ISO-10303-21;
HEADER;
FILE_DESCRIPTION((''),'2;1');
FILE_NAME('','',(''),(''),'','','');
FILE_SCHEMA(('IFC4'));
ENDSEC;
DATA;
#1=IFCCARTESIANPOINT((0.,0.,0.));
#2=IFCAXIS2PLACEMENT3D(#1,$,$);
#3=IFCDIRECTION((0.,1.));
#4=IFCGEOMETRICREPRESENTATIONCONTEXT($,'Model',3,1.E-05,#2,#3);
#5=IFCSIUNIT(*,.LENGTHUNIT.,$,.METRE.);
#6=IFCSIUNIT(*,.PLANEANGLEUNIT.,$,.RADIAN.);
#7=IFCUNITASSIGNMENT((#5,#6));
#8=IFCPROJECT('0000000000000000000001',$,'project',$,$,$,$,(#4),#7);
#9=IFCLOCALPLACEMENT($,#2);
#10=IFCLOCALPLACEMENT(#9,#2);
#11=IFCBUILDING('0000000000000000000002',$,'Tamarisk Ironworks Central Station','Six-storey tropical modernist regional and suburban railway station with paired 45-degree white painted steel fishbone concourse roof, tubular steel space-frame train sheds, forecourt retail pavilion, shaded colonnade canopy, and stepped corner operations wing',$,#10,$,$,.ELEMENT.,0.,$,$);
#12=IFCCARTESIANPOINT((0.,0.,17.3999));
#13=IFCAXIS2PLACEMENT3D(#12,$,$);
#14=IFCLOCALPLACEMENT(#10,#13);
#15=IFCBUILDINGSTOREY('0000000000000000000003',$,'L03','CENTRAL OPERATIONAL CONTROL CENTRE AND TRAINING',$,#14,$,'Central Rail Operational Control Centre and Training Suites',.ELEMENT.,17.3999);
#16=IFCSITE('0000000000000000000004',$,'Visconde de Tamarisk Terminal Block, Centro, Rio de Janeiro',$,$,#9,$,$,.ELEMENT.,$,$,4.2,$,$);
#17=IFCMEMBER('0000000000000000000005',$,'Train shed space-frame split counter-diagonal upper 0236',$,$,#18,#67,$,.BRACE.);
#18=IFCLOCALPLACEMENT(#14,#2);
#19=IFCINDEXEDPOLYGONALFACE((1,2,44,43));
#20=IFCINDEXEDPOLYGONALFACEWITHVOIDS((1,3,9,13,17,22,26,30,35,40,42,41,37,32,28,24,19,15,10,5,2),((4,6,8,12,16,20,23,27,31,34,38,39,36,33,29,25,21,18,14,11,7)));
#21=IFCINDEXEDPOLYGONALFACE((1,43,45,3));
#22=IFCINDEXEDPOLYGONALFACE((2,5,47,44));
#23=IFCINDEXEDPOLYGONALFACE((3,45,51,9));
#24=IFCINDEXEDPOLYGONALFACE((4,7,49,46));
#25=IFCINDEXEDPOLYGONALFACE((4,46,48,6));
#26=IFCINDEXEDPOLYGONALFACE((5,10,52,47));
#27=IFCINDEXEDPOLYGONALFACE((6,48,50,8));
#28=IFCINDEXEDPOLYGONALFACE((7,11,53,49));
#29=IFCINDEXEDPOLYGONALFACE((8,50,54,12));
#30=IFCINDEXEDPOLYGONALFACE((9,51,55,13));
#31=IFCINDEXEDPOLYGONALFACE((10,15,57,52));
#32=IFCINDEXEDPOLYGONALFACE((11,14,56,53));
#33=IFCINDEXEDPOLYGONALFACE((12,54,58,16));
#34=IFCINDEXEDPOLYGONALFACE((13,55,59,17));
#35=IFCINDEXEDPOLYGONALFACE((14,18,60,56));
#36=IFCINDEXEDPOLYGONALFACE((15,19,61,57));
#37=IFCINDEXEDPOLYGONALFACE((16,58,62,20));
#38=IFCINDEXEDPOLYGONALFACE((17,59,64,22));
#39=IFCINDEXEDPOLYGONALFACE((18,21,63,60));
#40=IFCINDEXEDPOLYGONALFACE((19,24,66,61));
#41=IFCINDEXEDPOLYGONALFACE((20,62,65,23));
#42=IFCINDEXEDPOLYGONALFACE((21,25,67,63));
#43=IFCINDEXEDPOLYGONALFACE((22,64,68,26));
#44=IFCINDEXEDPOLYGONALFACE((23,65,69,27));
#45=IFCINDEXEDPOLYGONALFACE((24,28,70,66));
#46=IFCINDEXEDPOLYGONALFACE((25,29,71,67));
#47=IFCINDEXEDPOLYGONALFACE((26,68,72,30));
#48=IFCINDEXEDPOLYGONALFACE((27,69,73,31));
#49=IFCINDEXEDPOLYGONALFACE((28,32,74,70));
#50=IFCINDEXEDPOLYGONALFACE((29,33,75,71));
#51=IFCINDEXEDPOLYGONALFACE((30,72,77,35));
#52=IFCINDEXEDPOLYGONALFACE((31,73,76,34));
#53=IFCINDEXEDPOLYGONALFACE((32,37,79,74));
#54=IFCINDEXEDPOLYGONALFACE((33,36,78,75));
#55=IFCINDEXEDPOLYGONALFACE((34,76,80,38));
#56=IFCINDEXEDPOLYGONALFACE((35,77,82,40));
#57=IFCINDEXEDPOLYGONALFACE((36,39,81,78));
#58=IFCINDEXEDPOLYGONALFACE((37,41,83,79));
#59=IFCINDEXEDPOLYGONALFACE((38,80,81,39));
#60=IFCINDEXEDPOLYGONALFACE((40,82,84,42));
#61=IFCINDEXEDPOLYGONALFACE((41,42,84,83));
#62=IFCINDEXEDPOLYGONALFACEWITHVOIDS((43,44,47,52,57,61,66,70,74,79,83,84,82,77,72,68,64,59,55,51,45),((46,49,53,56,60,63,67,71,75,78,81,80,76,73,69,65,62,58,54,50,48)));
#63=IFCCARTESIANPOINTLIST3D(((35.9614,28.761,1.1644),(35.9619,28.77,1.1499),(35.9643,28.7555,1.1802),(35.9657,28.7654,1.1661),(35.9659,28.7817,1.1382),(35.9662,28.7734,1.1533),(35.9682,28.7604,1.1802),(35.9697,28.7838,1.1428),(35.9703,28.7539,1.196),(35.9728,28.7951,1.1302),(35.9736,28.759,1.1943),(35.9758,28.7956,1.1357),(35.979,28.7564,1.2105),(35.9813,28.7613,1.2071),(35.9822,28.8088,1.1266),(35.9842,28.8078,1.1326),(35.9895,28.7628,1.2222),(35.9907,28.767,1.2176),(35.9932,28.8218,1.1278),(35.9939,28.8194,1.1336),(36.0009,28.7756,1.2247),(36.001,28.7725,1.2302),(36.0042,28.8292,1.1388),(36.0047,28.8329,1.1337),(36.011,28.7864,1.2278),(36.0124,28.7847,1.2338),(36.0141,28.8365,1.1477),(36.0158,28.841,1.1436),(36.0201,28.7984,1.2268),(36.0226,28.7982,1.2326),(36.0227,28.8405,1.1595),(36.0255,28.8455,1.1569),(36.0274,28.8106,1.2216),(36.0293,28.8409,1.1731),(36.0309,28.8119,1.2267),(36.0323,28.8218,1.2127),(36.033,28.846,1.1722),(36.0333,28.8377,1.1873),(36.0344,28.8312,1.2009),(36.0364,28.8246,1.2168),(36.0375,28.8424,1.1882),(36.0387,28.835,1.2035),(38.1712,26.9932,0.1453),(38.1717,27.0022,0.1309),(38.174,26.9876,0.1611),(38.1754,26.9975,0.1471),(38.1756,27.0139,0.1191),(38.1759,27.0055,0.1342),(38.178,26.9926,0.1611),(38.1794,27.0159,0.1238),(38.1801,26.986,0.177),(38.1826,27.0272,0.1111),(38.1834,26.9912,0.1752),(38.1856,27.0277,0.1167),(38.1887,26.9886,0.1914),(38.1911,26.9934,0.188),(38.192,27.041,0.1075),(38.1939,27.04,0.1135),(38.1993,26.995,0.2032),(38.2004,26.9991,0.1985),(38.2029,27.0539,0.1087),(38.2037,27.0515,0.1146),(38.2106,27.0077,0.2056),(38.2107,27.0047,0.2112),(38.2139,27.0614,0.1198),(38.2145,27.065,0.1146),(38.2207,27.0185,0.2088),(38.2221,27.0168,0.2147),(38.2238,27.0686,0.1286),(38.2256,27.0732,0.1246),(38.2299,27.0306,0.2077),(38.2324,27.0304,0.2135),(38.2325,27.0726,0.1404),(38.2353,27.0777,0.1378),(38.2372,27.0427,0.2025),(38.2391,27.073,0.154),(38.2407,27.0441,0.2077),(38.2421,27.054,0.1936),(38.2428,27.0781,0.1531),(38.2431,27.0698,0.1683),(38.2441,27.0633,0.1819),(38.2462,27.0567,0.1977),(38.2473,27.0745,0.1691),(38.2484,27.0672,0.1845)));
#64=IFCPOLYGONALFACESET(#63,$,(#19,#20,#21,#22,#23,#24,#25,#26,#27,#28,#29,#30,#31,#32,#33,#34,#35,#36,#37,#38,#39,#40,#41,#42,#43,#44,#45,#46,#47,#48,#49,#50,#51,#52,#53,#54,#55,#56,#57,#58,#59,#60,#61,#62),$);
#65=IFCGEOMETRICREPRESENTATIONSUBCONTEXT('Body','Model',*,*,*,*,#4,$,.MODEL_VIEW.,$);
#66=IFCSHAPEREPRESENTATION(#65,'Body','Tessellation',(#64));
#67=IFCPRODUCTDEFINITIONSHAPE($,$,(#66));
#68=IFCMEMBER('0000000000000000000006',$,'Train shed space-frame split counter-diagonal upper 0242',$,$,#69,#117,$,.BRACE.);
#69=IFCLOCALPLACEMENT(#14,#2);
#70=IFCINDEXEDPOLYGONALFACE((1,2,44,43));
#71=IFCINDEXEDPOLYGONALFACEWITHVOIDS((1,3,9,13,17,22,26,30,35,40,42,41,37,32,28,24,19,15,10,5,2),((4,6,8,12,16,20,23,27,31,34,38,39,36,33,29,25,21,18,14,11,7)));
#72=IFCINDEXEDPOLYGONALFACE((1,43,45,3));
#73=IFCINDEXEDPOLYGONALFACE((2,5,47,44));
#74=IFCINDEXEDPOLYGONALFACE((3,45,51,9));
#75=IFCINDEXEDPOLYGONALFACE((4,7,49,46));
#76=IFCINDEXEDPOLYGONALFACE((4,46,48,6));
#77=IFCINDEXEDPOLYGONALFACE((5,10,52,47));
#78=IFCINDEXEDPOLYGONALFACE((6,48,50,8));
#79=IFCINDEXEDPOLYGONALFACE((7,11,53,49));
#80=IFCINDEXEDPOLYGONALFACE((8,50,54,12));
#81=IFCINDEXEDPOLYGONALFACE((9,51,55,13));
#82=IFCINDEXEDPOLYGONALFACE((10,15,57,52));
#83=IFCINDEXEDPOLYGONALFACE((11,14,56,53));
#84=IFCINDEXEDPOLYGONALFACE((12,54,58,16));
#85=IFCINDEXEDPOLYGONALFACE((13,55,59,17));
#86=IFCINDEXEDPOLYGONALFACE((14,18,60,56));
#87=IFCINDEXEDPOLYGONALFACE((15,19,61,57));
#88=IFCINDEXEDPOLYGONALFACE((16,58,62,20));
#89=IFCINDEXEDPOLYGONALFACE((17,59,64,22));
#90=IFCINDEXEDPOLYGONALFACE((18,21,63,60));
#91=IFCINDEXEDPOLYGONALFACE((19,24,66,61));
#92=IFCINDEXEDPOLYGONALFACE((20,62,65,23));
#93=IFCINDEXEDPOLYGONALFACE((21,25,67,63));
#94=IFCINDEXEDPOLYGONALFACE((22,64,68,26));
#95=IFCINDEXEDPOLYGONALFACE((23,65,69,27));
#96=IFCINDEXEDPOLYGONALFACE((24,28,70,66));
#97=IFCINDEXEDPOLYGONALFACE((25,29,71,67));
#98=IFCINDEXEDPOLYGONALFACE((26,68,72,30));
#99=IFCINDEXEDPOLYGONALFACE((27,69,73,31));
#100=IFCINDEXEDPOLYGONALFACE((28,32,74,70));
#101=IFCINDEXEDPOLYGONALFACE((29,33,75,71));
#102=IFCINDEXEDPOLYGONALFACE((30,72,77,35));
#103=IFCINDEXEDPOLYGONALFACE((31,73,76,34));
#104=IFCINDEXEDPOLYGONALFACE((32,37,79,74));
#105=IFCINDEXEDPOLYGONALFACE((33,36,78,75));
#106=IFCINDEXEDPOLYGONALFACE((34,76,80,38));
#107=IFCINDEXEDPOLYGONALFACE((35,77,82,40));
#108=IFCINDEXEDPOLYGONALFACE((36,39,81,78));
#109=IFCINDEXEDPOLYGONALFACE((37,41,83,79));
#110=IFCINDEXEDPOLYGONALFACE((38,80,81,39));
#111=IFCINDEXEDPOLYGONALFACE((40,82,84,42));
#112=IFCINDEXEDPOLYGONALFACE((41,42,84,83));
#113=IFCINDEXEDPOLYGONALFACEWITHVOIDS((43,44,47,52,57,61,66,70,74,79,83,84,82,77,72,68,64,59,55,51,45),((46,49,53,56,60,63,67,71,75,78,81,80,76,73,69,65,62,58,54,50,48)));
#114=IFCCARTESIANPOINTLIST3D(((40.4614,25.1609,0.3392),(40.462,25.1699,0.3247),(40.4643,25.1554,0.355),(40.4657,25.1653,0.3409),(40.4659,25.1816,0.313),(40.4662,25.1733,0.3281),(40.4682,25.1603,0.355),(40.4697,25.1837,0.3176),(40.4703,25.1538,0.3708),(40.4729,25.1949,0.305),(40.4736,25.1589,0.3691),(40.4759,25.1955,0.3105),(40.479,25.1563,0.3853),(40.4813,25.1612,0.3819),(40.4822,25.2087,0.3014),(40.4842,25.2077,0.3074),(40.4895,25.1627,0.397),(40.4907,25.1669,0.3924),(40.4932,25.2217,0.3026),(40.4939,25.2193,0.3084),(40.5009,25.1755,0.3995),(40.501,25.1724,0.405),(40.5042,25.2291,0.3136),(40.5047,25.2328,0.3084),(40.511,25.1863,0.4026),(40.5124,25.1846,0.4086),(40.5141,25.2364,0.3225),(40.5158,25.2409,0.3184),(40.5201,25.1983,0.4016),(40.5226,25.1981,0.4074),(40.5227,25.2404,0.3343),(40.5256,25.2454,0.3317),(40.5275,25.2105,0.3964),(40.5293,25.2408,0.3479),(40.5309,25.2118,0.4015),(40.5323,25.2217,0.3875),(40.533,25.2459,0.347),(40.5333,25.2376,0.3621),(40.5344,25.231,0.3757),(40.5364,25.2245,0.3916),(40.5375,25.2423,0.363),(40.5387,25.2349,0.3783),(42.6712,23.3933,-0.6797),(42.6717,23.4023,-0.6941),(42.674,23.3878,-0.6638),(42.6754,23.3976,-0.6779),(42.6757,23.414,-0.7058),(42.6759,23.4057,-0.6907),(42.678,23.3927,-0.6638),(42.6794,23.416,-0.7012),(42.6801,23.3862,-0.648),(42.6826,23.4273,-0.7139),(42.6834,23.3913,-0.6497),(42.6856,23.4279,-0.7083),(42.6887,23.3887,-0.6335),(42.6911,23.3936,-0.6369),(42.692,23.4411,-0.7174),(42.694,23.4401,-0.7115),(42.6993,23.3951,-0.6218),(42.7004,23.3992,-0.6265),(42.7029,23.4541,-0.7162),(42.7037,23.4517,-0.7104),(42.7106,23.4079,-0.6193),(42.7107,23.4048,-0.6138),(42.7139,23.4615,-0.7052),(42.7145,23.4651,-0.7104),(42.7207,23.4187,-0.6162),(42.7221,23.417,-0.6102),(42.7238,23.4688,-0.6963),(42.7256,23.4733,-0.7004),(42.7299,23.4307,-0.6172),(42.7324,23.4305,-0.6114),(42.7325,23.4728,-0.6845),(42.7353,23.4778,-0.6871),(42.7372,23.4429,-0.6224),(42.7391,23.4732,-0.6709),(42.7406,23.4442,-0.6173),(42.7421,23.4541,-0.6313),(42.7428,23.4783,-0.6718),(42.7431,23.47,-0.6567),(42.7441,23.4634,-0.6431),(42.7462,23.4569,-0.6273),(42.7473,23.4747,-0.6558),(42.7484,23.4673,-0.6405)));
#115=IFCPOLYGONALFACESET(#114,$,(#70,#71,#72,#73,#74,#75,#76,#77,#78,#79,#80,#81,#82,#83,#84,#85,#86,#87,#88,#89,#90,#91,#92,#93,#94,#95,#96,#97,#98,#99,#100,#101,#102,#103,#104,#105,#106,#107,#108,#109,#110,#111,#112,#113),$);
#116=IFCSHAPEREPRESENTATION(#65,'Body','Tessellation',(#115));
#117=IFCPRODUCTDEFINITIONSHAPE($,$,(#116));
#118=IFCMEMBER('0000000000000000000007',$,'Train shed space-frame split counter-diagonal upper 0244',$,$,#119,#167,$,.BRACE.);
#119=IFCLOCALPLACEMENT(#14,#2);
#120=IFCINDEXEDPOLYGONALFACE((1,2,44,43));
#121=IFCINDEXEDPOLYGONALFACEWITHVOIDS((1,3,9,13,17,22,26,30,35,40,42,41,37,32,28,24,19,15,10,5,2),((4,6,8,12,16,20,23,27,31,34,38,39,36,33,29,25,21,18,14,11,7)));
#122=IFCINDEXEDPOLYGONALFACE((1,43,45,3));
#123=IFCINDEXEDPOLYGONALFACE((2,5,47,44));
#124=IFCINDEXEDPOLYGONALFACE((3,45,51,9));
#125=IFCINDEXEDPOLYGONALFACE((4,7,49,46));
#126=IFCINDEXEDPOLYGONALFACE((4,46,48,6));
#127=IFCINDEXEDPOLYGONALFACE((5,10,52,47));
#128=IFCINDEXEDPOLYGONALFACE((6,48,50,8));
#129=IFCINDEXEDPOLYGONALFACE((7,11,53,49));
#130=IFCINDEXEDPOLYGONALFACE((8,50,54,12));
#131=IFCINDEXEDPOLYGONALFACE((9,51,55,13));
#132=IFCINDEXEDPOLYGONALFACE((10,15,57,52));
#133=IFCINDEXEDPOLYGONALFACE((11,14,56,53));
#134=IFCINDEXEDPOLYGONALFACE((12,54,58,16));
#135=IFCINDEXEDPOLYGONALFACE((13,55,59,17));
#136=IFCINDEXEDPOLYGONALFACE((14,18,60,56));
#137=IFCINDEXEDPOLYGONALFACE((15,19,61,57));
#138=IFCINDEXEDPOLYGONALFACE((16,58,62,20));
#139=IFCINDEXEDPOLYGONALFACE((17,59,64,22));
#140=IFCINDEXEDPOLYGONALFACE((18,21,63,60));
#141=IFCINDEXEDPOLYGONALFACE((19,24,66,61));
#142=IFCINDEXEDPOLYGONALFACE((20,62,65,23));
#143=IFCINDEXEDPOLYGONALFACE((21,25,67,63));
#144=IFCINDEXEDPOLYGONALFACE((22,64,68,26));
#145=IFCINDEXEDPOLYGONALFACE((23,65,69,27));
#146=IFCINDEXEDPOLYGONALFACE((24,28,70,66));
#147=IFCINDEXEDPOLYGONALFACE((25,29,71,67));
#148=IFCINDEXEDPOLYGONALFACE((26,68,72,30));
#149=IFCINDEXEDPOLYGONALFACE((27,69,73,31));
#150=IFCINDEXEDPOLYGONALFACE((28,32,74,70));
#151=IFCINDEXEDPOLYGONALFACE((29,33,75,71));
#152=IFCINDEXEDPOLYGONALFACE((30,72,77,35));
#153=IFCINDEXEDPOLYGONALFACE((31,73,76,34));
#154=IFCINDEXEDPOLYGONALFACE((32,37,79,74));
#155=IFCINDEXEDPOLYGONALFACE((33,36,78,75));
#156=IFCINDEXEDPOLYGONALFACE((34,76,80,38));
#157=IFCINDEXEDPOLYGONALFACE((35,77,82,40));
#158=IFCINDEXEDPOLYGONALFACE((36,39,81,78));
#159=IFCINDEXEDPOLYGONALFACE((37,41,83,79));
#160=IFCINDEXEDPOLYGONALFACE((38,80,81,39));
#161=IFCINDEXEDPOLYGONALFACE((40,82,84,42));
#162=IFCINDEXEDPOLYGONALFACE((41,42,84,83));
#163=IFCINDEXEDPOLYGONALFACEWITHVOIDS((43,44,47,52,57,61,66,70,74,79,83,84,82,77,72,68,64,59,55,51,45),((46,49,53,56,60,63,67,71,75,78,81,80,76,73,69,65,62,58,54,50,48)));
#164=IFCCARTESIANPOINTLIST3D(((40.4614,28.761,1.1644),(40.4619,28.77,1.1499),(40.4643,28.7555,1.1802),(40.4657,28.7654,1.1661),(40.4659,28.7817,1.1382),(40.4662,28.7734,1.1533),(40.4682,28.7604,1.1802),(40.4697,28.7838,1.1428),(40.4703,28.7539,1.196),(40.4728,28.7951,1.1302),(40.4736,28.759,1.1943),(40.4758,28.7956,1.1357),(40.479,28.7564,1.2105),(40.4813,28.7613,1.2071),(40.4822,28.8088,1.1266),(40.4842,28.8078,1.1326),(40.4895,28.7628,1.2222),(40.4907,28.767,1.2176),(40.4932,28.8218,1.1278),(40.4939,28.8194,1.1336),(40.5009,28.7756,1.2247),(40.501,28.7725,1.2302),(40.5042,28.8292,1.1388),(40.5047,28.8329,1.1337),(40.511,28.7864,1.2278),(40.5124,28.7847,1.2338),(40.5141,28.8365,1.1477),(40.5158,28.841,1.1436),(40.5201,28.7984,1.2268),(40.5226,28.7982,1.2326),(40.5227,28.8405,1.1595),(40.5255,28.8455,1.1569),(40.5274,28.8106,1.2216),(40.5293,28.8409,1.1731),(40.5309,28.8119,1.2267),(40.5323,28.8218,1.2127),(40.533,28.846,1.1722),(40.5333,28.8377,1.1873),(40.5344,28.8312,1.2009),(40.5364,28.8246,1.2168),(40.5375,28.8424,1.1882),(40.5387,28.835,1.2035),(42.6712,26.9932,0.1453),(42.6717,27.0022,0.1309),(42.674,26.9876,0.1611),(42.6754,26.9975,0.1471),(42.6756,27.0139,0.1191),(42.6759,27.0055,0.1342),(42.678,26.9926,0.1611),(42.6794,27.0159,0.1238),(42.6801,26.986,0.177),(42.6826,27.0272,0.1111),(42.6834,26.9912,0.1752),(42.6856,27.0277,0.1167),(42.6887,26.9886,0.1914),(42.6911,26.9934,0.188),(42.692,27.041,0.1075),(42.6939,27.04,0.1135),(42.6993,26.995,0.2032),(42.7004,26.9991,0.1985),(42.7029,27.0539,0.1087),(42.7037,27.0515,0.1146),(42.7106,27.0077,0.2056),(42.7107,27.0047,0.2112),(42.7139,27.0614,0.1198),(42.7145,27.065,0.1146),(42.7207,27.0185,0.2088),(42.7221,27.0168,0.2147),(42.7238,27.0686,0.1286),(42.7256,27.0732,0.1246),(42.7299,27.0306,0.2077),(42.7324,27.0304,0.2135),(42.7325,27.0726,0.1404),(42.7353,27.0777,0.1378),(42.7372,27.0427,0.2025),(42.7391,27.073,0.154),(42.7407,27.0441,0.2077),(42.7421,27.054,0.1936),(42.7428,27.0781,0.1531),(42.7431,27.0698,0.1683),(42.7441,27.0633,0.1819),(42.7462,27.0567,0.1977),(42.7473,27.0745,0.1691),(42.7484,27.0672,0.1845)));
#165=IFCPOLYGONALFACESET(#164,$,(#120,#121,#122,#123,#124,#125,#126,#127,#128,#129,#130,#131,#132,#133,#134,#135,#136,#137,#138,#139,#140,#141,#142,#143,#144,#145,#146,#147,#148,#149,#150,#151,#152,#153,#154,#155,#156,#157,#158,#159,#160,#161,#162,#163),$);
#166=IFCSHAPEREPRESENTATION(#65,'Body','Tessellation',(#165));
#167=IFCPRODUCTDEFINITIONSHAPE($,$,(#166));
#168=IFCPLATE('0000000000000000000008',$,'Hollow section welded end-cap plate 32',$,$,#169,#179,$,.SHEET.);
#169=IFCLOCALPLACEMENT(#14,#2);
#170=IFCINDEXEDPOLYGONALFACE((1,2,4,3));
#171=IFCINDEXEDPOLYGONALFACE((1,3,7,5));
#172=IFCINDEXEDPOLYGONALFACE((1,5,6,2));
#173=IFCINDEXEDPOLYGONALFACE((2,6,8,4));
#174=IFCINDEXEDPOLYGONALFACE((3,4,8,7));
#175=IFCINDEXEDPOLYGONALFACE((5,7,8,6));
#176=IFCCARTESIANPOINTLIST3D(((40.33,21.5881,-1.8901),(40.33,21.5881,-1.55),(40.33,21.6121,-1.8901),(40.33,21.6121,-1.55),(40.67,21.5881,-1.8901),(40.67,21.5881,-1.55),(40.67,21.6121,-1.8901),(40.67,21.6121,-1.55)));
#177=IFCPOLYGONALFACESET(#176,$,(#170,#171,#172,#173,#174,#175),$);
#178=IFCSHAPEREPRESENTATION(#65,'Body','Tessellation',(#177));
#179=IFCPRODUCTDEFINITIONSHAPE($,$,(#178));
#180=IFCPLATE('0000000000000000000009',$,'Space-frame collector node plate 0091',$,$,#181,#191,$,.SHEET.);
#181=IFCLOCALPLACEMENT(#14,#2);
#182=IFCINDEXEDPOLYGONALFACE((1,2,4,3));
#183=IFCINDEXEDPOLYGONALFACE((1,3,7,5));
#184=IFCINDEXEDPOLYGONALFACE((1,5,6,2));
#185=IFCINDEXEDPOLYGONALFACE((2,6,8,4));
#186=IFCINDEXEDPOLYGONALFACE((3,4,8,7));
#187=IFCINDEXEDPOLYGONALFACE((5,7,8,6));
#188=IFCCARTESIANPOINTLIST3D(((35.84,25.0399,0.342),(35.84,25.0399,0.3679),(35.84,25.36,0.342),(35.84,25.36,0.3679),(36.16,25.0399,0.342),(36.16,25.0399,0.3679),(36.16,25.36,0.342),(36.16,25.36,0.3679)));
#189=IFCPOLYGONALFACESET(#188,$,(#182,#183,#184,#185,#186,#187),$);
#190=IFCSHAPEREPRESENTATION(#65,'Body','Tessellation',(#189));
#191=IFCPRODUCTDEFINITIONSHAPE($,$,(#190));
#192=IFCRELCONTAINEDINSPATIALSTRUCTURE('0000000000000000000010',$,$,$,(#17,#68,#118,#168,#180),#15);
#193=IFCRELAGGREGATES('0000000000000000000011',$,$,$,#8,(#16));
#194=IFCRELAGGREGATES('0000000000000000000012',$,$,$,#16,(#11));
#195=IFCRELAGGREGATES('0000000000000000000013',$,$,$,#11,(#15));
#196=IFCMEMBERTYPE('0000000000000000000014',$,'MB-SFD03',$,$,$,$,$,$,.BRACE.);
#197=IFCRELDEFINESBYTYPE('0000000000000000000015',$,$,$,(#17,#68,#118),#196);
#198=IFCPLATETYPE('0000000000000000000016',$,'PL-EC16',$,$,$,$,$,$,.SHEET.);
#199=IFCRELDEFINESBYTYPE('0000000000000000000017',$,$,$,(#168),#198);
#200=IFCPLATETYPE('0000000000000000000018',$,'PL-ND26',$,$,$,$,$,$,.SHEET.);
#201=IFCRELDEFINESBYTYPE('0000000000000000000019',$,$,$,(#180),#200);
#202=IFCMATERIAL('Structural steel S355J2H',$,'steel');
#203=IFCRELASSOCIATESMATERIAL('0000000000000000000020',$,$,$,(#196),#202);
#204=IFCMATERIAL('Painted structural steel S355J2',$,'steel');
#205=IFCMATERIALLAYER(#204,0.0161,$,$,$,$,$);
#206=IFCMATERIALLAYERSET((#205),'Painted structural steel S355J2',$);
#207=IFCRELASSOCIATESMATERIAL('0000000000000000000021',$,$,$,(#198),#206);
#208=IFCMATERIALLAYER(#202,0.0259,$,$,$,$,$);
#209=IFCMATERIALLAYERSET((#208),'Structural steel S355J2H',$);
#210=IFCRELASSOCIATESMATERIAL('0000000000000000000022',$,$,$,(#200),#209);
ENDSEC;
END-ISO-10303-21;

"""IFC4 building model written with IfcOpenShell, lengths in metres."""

from ifc_helpers import new_model, si_unit, direction, frame, origin, origin_2d, place, context, subcontext, project, spatial, rectangle, hollow_circle, extrude, material, layer, layer_set, material_profile, profile_set, type_object, element, save


model = new_model("IFC4")

# Units and contexts
model_context = context("Model", 3, precision=1e-05, world=origin(), true_north=direction((0.0, 1.0)))
body_context = subcontext(model_context, "Body", "Model", "MODEL_VIEW")
ifc_project = project(units=[si_unit("LENGTHUNIT", "METRE"), si_unit("PLANEANGLEUNIT", "RADIAN")], contexts=[model_context])

# Site, building, storey
site_placement = place(None, origin())
site = spatial("IfcSite", under=ifc_project, at=site_placement, Name="Visconde de Tamarisk Terminal Block, Centro, Rio de Janeiro", CompositionType="ELEMENT", RefElevation=4.2)
building_placement = place(site_placement, origin())
building = spatial("IfcBuilding", under=site, at=building_placement, Name="Tamarisk Ironworks Central Station", Description="Six-storey tropical modernist regional and suburban railway station with paired 45-degree white painted steel fishbone concourse roof, tubular steel space-frame train sheds, forecourt retail pavilion, shaded colonnade canopy, and stepped corner operations wing", CompositionType="ELEMENT", ElevationOfRefHeight=0.0)
storey_placement = place(building_placement, frame((0.0, 0.0, 17.3999)))
storey = spatial("IfcBuildingStorey", under=building, at=storey_placement, Name="L03", Description="CENTRAL OPERATIONAL CONTROL CENTRE AND TRAINING", LongName="Central Rail Operational Control Centre and Training Suites", CompositionType="ELEMENT", Elevation=17.3999)

# Members
ifc_material_1 = material(Name="Structural steel S355J2H", Category="steel")
ifc_material_profile_1 = material_profile(ifc_material_1, hollow_circle(Radius=0.0571, WallThickness=0.0063, at=origin_2d()), Name="CHS 114.3x6.3")
ifc_profile_set_1 = profile_set([ifc_material_profile_1], Name="Structural steel S355J2H")
member_type_1 = type_object("IfcMemberType", Name="MB-SFD03", PredefinedType="BRACE", material=ifc_profile_set_1)
for number, where, z_axis, x_axis, name in (
    (1, (38.2097, 27.0322, 0.1611), (-0.734677, 0.587758, 0.338807), (-0.624706, -0.78086, 0.0), "Train shed space-frame split counter-diagonal upper 0236"),
):
    element("IfcMember", number, at=place(storey_placement, frame(where, z_axis=z_axis, x_axis=x_axis)), inside=storey, type_object=member_type_1, Name=name, PredefinedType="BRACE", context=body_context, shape_type="SweptSolid", body=[
        extrude(hollow_circle(Radius=0.0571, WallThickness=0.0063, at=origin_2d()), origin(), (0.0, 0.0, 1.0), 3.0078),
    ])
member_1_placement = place(storey_placement, frame((42.7097, 23.4324, -0.6638), z_axis=(-0.734732, 0.587721, 0.338751), x_axis=(-0.624653, -0.780902, 0.0)))
element("IfcMember", 2, at=member_1_placement, inside=storey, type_object=member_type_1, Name="Train shed space-frame split counter-diagonal upper 0242", PredefinedType="BRACE", context=body_context, shape_type="SweptSolid", body=[
    extrude(hollow_circle(Radius=0.0571, WallThickness=0.0063, at=origin_2d()), origin(), (0.0, 0.0, 1.0), 3.0076),
])
member_2_placement = place(storey_placement, frame((42.7097, 27.0322, 0.1611), z_axis=(-0.734677, 0.587758, 0.338807), x_axis=(-0.624706, -0.78086, 0.0)))
element("IfcMember", 3, at=member_2_placement, inside=storey, type_object=member_type_1, Name="Train shed space-frame split counter-diagonal upper 0244", PredefinedType="BRACE", context=body_context, shape_type="SweptSolid", body=[
    extrude(hollow_circle(Radius=0.0571, WallThickness=0.0063, at=origin_2d()), origin(), (0.0, 0.0, 1.0), 3.0078),
])

# Plates
ifc_material_2 = material(Name="Painted structural steel S355J2", Category="steel")
ifc_layer_1 = layer(ifc_material_2, 0.0161)
ifc_layer_set_1 = layer_set([ifc_layer_1], Name="Painted structural steel S355J2")
plate_type_1 = type_object("IfcPlateType", Name="PL-EC16", PredefinedType="SHEET", material=ifc_layer_set_1)
plate_1_placement = place(storey_placement, frame((40.5, 21.6001, -1.8901), z_axis=(0.0, 0.0, 1.0), x_axis=(1.0, 0.0, 0.0)))
element("IfcPlate", 4, at=plate_1_placement, inside=storey, type_object=plate_type_1, Name="Hollow section welded end-cap plate 32", PredefinedType="SHEET", context=body_context, shape_type="SweptSolid", body=[
    extrude(rectangle(XDim=0.3401, YDim=0.0239, at=origin_2d()), origin(), (0.0, 0.0, 1.0), 0.3401),
])
ifc_layer_2 = layer(ifc_material_1, 0.0259)
ifc_layer_set_2 = layer_set([ifc_layer_2], Name="Structural steel S355J2H")
plate_type_2 = type_object("IfcPlateType", Name="PL-ND26", PredefinedType="SHEET", material=ifc_layer_set_2)
for number, where, z_axis, x_axis, name in (
    (5, (36.0, 25.2, 0.342), (0.0, 0.0, 1.0), (1.0, 0.0, 0.0), "Space-frame collector node plate 0091"),
):
    element("IfcPlate", number, at=place(storey_placement, frame(where, z_axis=z_axis, x_axis=x_axis)), inside=storey, type_object=plate_type_2, Name=name, PredefinedType="SHEET", context=body_context, shape_type="SweptSolid", body=[
        extrude(rectangle(XDim=0.3201, YDim=0.3201, at=origin_2d()), origin(), (0.0, 0.0, 1.0), 0.0259),
    ])

save(model, "model.ifc")
